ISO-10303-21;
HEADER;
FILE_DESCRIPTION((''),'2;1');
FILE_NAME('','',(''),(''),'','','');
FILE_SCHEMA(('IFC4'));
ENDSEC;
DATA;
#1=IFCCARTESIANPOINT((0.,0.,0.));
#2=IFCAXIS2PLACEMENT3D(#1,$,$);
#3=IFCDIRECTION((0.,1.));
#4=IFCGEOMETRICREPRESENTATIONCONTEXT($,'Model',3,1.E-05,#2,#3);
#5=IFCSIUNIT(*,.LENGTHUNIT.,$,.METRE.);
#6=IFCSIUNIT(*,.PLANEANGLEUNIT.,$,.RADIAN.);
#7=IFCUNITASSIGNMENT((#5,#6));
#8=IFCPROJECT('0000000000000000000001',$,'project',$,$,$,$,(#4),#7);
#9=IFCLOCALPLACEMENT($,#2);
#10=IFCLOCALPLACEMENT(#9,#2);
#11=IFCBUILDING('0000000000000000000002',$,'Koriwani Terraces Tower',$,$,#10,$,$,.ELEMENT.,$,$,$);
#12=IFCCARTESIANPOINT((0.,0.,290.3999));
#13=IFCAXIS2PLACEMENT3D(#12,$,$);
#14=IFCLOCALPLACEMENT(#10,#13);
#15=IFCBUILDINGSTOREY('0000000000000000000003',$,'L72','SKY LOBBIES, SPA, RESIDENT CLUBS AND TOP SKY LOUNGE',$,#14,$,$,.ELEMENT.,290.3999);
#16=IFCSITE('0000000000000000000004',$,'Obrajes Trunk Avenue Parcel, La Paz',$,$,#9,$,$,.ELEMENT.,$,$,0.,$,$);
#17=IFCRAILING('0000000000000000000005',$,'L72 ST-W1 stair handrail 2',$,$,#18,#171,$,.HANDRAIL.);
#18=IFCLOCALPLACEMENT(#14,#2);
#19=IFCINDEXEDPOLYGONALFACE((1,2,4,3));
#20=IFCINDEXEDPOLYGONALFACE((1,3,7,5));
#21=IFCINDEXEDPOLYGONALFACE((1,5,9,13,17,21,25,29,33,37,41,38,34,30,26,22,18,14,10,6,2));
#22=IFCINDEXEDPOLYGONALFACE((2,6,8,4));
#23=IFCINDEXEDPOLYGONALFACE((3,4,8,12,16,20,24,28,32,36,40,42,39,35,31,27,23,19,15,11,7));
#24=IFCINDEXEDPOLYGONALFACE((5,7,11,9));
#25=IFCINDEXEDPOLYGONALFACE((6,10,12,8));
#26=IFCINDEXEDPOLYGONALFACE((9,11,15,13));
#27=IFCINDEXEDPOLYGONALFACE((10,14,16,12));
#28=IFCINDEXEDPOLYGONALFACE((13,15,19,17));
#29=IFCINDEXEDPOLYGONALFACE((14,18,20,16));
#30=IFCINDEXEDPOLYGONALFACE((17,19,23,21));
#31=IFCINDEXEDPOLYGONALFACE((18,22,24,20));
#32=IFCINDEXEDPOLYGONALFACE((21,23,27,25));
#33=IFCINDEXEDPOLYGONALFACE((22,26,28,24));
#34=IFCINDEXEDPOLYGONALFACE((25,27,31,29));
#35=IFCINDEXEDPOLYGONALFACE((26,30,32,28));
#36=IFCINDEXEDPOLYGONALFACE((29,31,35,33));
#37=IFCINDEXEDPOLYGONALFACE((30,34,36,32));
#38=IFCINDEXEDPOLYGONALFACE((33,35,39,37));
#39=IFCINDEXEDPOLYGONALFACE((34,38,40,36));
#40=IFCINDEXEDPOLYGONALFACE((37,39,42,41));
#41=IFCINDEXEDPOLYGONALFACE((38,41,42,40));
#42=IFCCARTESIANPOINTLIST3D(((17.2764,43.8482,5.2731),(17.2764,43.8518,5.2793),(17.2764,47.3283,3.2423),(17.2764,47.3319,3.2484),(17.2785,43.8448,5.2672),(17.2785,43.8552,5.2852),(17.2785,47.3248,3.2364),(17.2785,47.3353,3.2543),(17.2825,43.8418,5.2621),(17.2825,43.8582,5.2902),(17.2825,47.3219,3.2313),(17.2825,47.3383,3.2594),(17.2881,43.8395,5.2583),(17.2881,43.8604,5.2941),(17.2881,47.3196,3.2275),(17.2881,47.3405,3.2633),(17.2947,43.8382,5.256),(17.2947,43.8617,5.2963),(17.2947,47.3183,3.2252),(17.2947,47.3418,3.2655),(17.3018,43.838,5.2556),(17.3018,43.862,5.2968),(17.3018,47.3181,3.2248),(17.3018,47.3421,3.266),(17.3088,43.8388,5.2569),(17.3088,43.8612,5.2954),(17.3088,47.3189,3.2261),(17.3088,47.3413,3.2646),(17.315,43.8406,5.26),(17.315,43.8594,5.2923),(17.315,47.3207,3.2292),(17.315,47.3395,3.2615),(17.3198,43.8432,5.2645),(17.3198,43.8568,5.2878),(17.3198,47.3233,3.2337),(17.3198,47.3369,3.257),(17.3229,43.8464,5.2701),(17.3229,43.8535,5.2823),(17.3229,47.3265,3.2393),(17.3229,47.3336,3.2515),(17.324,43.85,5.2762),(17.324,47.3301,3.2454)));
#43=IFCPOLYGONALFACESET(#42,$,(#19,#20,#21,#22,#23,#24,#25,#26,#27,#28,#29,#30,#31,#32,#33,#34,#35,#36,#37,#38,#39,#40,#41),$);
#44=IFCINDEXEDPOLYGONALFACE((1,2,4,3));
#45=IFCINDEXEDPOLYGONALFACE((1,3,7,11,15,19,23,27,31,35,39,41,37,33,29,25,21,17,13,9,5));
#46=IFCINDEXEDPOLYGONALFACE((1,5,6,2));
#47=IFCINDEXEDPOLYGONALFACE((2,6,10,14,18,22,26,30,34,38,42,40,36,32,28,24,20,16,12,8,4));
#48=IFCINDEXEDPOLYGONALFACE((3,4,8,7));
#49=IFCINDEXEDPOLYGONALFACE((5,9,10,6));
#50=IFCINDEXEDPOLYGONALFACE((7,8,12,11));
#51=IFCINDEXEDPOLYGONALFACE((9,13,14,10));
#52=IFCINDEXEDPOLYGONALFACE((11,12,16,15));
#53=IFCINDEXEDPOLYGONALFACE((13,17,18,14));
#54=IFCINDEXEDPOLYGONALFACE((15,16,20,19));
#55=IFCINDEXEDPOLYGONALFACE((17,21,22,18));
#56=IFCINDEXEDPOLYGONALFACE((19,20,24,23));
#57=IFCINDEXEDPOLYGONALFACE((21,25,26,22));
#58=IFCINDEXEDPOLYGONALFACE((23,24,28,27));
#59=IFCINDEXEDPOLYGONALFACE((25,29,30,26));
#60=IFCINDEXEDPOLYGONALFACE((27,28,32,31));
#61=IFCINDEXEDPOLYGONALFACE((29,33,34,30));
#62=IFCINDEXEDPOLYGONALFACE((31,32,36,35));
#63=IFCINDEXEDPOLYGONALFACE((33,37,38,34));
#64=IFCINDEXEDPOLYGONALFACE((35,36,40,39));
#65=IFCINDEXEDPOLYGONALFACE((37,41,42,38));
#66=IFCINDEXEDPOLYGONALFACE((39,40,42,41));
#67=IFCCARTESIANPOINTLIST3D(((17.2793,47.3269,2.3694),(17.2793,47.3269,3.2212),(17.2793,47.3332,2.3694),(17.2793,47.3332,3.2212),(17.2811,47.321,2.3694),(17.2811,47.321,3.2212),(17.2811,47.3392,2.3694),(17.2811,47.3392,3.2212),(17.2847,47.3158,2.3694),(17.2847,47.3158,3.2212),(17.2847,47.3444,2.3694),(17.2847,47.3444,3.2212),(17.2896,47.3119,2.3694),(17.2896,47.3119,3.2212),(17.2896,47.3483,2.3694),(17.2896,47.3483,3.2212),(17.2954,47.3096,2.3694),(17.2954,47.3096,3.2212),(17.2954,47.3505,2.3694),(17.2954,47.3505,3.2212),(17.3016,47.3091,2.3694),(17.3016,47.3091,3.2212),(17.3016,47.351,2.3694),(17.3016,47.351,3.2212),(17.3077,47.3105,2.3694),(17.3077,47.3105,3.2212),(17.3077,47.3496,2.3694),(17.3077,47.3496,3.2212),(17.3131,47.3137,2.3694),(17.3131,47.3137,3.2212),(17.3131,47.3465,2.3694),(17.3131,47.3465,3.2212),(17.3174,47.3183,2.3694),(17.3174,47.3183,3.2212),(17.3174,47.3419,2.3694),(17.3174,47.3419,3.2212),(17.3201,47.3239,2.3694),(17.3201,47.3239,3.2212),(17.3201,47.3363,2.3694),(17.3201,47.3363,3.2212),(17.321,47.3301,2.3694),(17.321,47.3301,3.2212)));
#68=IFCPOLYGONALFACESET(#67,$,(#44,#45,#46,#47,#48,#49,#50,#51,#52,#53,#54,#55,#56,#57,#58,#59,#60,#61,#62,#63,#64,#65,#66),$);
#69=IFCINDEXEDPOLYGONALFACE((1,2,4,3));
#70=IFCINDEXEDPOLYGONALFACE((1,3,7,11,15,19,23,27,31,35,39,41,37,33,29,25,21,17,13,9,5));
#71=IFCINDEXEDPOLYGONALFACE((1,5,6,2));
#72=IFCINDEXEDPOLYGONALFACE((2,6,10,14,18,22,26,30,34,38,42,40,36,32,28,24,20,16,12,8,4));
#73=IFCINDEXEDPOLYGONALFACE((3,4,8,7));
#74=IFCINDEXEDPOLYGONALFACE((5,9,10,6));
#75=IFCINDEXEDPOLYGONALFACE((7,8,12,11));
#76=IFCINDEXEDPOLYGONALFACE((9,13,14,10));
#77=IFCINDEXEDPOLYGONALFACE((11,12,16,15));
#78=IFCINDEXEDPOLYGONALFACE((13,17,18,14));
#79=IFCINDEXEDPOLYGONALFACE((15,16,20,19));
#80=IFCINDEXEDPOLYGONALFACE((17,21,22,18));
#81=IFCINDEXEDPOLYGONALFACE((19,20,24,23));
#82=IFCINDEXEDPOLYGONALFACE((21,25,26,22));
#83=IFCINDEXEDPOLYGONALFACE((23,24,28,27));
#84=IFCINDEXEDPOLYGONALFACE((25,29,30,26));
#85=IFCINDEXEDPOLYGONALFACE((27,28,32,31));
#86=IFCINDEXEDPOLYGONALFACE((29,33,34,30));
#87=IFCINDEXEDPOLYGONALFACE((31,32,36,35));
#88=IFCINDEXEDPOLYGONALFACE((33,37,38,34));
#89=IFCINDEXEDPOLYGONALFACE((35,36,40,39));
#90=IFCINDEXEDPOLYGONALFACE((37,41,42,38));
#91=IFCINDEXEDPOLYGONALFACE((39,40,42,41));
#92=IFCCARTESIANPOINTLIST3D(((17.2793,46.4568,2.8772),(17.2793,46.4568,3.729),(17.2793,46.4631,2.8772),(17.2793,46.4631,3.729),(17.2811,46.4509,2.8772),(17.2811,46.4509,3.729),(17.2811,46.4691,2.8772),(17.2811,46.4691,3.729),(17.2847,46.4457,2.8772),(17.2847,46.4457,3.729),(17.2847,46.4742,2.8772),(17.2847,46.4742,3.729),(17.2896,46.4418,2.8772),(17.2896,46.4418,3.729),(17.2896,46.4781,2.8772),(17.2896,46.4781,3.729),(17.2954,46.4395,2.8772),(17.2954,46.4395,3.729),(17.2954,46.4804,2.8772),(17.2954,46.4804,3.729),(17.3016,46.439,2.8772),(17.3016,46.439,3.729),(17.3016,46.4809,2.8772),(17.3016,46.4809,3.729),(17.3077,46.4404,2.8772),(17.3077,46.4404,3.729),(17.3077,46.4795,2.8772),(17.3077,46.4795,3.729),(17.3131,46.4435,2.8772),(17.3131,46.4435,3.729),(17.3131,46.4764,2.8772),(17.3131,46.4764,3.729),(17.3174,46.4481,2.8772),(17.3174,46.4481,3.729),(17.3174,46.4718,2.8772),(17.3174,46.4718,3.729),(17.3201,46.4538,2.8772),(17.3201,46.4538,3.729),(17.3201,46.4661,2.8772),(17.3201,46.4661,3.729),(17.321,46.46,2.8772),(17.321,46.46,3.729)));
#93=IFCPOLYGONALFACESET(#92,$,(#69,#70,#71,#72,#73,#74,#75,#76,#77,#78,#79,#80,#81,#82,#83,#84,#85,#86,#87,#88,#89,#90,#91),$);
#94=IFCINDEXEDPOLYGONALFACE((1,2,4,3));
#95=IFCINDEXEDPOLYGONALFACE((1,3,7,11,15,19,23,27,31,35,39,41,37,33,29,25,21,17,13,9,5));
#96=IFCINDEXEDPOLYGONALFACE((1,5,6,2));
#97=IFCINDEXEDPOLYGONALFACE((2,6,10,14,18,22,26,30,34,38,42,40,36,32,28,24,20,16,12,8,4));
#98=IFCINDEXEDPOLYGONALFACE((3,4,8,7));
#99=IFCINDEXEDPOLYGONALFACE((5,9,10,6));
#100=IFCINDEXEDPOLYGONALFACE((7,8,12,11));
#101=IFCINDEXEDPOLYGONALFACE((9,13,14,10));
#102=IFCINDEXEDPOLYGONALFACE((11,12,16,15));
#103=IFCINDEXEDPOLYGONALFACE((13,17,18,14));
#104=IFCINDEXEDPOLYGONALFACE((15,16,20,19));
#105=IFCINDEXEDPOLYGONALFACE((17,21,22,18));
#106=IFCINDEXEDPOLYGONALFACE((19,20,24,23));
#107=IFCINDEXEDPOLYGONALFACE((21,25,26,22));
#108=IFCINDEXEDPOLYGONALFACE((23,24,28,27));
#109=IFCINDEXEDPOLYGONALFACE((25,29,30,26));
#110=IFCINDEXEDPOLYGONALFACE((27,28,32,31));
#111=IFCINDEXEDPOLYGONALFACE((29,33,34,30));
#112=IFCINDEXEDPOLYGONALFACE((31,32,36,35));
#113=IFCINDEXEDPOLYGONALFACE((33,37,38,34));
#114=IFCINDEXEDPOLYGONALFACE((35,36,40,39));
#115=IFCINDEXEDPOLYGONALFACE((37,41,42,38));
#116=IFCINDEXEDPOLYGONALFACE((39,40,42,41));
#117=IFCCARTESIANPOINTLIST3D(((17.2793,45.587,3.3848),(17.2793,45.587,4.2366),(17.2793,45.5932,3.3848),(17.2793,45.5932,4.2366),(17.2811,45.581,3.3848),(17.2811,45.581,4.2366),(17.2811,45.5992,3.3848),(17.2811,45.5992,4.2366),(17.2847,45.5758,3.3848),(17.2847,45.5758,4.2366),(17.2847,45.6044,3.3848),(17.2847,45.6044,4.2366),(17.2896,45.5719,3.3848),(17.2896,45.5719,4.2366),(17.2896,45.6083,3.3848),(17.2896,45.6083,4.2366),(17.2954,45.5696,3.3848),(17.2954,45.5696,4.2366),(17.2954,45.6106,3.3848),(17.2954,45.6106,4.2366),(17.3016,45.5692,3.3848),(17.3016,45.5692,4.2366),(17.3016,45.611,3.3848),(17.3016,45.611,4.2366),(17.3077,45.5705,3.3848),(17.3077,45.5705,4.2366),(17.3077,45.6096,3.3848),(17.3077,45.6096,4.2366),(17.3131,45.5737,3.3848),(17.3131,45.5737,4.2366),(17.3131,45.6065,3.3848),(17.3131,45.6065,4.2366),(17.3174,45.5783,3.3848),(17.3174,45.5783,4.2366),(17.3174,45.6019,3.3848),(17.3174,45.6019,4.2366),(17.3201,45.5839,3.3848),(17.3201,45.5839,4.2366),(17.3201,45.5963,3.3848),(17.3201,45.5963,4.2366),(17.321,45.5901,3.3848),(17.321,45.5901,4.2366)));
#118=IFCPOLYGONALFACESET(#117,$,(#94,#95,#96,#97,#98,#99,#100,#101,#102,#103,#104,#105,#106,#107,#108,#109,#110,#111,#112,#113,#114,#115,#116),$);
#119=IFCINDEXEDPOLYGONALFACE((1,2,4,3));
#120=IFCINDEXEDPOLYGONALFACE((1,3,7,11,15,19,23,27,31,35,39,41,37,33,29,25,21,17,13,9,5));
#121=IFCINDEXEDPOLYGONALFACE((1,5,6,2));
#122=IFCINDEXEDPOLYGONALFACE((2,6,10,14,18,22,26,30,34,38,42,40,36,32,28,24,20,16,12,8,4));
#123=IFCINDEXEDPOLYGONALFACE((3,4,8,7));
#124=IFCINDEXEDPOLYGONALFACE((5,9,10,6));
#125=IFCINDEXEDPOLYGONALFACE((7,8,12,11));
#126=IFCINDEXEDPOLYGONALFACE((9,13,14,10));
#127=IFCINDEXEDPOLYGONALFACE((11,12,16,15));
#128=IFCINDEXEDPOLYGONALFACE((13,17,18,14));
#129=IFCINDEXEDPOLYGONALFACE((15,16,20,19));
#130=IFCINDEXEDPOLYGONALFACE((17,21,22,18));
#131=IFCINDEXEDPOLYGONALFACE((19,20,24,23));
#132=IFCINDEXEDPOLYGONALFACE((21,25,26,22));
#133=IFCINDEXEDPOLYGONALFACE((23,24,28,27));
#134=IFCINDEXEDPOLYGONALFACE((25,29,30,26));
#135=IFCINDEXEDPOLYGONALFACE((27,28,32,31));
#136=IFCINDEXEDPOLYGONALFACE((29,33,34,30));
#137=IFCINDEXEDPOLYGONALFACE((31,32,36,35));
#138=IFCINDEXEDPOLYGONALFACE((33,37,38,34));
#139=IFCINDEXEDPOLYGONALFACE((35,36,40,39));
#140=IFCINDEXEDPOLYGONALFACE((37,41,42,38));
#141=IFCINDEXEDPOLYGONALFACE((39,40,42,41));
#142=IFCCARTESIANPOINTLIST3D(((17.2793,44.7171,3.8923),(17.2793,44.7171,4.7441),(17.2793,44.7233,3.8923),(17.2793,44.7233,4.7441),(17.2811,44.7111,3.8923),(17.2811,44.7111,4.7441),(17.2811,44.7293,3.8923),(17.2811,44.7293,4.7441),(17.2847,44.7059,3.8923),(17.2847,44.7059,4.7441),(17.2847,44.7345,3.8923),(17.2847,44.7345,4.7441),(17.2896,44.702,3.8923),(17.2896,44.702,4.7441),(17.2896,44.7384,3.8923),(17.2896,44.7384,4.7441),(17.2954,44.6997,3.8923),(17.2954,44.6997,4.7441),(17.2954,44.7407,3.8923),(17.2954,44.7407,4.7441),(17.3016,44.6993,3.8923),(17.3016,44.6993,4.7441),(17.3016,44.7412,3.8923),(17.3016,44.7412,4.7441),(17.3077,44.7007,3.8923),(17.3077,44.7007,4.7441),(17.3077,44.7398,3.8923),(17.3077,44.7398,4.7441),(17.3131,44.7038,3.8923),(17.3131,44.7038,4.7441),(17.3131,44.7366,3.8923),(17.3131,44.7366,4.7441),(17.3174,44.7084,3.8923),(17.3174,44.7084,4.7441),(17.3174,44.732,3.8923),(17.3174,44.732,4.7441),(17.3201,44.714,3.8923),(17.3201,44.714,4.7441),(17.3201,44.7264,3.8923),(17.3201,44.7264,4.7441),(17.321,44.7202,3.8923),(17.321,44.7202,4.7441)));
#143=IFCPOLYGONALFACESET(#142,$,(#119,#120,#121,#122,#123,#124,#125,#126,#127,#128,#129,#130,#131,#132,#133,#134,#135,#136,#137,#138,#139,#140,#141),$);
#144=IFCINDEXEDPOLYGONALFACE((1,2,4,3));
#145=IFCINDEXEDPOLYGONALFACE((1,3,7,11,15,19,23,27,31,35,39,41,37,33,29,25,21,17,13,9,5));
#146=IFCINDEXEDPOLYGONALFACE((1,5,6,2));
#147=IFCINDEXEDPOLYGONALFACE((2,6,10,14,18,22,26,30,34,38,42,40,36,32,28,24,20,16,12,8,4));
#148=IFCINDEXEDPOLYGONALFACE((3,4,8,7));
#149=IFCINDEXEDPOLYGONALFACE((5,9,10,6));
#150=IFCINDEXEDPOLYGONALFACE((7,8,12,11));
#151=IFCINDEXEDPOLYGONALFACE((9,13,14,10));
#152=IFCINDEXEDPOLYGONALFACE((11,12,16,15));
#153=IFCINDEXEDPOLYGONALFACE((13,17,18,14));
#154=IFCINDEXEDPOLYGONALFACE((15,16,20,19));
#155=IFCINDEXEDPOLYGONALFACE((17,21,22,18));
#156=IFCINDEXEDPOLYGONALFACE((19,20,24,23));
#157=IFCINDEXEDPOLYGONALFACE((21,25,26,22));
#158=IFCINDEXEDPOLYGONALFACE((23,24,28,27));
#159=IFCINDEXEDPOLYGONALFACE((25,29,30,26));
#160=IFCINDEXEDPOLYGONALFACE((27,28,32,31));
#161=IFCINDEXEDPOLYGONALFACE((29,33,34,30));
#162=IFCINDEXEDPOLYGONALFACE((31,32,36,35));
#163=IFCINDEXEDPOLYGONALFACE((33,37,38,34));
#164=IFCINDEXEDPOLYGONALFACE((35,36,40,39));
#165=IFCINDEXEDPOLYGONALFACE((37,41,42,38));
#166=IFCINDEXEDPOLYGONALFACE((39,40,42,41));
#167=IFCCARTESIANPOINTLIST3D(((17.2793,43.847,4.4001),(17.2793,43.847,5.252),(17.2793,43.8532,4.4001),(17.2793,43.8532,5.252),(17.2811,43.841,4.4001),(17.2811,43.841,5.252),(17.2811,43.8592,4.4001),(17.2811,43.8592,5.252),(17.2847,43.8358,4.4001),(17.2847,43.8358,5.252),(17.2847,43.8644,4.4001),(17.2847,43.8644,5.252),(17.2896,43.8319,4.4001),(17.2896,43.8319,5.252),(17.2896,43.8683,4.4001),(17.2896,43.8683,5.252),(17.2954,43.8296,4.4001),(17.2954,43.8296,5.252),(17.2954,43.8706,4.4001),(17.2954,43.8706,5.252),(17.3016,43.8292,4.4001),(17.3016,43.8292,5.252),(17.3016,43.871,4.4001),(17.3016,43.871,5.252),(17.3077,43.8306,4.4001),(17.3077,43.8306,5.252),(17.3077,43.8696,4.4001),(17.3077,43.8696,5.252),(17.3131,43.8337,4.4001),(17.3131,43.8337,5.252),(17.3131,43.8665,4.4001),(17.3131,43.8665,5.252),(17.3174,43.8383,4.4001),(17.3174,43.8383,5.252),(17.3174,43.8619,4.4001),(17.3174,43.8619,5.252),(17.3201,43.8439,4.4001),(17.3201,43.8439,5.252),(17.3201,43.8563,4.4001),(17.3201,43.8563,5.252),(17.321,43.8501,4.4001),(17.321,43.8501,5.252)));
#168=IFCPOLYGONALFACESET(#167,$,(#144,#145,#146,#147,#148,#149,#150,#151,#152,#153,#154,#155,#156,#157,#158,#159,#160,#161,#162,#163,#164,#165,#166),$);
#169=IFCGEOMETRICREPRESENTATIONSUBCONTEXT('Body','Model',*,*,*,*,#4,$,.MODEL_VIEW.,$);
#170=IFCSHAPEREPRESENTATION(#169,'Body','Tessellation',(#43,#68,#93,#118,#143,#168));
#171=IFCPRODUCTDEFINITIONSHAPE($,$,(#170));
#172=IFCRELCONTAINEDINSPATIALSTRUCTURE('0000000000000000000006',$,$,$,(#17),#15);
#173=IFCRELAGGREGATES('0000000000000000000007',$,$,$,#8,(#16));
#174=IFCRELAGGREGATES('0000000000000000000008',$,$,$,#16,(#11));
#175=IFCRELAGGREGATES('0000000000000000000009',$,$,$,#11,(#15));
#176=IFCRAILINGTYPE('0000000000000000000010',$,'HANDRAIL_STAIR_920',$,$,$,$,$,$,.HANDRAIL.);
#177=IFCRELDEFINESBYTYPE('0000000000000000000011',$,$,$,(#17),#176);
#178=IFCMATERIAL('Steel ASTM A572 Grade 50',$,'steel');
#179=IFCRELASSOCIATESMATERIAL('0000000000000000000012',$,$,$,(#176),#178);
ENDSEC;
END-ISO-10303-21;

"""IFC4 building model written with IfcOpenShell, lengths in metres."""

from ifc_helpers import new_model, si_unit, direction, frame, origin, origin_2d, place, context, subcontext, project, spatial, circle, extrude, material, type_object, element, save


model = new_model("IFC4")

# Units and contexts
model_context = context("Model", 3, precision=1e-05, world=origin(), true_north=direction((0.0, 1.0)))
body_context = subcontext(model_context, "Body", "Model", "MODEL_VIEW")
ifc_project = project(units=[si_unit("LENGTHUNIT", "METRE"), si_unit("PLANEANGLEUNIT", "RADIAN")], contexts=[model_context])

# Site, building, storey
site_placement = place(None, origin())
site = spatial("IfcSite", under=ifc_project, at=site_placement, Name="Obrajes Trunk Avenue Parcel, La Paz", CompositionType="ELEMENT", RefElevation=0.0)
building_placement = place(site_placement, origin())
building = spatial("IfcBuilding", under=site, at=building_placement, Name="Koriwani Terraces Tower", CompositionType="ELEMENT")
storey_placement = place(building_placement, frame((0.0, 0.0, 290.3999)))
storey = spatial("IfcBuildingStorey", under=building, at=storey_placement, Name="L72", Description="SKY LOBBIES, SPA, RESIDENT CLUBS AND TOP SKY LOUNGE", CompositionType="ELEMENT", Elevation=290.3999)

# Railing
ifc_material_1 = material(Name="Steel ASTM A572 Grade 50", Category="steel")
railing_type_1 = type_object("IfcRailingType", Name="HANDRAIL_STAIR_920", PredefinedType="HANDRAIL", material=ifc_material_1)
for number, where, name in (
    (1, (17.3, 47.3301, 2.3694), "L72 ST-W1 stair handrail 2"),
):
    element("IfcRailing", number, at=place(storey_placement, frame(where)), inside=storey, type_object=railing_type_1, Name=name, PredefinedType="HANDRAIL", context=body_context, shape_type="SweptSolid", body=[
        extrude(circle(Radius=0.0239, at=origin_2d()), frame((0.0, 0.0, 0.876), z_axis=(0.0, -0.863695, 0.504014), x_axis=(1.0, 0.0, 0.0)), (0.0, 0.0, 1.0), 4.0293),
        extrude(circle(Radius=0.021, at=origin_2d()), origin(), (0.0, 0.0, 1.0), 0.8518),
        extrude(circle(Radius=0.021, at=origin_2d()), frame((0.0, -0.8701, 0.5078)), (0.0, 0.0, 1.0), 0.8518),
        extrude(circle(Radius=0.021, at=origin_2d()), frame((0.0, -1.74, 1.0154)), (0.0, 0.0, 1.0), 0.8518),
        extrude(circle(Radius=0.021, at=origin_2d()), frame((0.0, -2.6099, 1.5229)), (0.0, 0.0, 1.0), 0.8518),
        extrude(circle(Radius=0.021, at=origin_2d()), frame((0.0, -3.48, 2.0308)), (0.0, 0.0, 1.0), 0.8518),
    ])

save(model, "model.ifc")
